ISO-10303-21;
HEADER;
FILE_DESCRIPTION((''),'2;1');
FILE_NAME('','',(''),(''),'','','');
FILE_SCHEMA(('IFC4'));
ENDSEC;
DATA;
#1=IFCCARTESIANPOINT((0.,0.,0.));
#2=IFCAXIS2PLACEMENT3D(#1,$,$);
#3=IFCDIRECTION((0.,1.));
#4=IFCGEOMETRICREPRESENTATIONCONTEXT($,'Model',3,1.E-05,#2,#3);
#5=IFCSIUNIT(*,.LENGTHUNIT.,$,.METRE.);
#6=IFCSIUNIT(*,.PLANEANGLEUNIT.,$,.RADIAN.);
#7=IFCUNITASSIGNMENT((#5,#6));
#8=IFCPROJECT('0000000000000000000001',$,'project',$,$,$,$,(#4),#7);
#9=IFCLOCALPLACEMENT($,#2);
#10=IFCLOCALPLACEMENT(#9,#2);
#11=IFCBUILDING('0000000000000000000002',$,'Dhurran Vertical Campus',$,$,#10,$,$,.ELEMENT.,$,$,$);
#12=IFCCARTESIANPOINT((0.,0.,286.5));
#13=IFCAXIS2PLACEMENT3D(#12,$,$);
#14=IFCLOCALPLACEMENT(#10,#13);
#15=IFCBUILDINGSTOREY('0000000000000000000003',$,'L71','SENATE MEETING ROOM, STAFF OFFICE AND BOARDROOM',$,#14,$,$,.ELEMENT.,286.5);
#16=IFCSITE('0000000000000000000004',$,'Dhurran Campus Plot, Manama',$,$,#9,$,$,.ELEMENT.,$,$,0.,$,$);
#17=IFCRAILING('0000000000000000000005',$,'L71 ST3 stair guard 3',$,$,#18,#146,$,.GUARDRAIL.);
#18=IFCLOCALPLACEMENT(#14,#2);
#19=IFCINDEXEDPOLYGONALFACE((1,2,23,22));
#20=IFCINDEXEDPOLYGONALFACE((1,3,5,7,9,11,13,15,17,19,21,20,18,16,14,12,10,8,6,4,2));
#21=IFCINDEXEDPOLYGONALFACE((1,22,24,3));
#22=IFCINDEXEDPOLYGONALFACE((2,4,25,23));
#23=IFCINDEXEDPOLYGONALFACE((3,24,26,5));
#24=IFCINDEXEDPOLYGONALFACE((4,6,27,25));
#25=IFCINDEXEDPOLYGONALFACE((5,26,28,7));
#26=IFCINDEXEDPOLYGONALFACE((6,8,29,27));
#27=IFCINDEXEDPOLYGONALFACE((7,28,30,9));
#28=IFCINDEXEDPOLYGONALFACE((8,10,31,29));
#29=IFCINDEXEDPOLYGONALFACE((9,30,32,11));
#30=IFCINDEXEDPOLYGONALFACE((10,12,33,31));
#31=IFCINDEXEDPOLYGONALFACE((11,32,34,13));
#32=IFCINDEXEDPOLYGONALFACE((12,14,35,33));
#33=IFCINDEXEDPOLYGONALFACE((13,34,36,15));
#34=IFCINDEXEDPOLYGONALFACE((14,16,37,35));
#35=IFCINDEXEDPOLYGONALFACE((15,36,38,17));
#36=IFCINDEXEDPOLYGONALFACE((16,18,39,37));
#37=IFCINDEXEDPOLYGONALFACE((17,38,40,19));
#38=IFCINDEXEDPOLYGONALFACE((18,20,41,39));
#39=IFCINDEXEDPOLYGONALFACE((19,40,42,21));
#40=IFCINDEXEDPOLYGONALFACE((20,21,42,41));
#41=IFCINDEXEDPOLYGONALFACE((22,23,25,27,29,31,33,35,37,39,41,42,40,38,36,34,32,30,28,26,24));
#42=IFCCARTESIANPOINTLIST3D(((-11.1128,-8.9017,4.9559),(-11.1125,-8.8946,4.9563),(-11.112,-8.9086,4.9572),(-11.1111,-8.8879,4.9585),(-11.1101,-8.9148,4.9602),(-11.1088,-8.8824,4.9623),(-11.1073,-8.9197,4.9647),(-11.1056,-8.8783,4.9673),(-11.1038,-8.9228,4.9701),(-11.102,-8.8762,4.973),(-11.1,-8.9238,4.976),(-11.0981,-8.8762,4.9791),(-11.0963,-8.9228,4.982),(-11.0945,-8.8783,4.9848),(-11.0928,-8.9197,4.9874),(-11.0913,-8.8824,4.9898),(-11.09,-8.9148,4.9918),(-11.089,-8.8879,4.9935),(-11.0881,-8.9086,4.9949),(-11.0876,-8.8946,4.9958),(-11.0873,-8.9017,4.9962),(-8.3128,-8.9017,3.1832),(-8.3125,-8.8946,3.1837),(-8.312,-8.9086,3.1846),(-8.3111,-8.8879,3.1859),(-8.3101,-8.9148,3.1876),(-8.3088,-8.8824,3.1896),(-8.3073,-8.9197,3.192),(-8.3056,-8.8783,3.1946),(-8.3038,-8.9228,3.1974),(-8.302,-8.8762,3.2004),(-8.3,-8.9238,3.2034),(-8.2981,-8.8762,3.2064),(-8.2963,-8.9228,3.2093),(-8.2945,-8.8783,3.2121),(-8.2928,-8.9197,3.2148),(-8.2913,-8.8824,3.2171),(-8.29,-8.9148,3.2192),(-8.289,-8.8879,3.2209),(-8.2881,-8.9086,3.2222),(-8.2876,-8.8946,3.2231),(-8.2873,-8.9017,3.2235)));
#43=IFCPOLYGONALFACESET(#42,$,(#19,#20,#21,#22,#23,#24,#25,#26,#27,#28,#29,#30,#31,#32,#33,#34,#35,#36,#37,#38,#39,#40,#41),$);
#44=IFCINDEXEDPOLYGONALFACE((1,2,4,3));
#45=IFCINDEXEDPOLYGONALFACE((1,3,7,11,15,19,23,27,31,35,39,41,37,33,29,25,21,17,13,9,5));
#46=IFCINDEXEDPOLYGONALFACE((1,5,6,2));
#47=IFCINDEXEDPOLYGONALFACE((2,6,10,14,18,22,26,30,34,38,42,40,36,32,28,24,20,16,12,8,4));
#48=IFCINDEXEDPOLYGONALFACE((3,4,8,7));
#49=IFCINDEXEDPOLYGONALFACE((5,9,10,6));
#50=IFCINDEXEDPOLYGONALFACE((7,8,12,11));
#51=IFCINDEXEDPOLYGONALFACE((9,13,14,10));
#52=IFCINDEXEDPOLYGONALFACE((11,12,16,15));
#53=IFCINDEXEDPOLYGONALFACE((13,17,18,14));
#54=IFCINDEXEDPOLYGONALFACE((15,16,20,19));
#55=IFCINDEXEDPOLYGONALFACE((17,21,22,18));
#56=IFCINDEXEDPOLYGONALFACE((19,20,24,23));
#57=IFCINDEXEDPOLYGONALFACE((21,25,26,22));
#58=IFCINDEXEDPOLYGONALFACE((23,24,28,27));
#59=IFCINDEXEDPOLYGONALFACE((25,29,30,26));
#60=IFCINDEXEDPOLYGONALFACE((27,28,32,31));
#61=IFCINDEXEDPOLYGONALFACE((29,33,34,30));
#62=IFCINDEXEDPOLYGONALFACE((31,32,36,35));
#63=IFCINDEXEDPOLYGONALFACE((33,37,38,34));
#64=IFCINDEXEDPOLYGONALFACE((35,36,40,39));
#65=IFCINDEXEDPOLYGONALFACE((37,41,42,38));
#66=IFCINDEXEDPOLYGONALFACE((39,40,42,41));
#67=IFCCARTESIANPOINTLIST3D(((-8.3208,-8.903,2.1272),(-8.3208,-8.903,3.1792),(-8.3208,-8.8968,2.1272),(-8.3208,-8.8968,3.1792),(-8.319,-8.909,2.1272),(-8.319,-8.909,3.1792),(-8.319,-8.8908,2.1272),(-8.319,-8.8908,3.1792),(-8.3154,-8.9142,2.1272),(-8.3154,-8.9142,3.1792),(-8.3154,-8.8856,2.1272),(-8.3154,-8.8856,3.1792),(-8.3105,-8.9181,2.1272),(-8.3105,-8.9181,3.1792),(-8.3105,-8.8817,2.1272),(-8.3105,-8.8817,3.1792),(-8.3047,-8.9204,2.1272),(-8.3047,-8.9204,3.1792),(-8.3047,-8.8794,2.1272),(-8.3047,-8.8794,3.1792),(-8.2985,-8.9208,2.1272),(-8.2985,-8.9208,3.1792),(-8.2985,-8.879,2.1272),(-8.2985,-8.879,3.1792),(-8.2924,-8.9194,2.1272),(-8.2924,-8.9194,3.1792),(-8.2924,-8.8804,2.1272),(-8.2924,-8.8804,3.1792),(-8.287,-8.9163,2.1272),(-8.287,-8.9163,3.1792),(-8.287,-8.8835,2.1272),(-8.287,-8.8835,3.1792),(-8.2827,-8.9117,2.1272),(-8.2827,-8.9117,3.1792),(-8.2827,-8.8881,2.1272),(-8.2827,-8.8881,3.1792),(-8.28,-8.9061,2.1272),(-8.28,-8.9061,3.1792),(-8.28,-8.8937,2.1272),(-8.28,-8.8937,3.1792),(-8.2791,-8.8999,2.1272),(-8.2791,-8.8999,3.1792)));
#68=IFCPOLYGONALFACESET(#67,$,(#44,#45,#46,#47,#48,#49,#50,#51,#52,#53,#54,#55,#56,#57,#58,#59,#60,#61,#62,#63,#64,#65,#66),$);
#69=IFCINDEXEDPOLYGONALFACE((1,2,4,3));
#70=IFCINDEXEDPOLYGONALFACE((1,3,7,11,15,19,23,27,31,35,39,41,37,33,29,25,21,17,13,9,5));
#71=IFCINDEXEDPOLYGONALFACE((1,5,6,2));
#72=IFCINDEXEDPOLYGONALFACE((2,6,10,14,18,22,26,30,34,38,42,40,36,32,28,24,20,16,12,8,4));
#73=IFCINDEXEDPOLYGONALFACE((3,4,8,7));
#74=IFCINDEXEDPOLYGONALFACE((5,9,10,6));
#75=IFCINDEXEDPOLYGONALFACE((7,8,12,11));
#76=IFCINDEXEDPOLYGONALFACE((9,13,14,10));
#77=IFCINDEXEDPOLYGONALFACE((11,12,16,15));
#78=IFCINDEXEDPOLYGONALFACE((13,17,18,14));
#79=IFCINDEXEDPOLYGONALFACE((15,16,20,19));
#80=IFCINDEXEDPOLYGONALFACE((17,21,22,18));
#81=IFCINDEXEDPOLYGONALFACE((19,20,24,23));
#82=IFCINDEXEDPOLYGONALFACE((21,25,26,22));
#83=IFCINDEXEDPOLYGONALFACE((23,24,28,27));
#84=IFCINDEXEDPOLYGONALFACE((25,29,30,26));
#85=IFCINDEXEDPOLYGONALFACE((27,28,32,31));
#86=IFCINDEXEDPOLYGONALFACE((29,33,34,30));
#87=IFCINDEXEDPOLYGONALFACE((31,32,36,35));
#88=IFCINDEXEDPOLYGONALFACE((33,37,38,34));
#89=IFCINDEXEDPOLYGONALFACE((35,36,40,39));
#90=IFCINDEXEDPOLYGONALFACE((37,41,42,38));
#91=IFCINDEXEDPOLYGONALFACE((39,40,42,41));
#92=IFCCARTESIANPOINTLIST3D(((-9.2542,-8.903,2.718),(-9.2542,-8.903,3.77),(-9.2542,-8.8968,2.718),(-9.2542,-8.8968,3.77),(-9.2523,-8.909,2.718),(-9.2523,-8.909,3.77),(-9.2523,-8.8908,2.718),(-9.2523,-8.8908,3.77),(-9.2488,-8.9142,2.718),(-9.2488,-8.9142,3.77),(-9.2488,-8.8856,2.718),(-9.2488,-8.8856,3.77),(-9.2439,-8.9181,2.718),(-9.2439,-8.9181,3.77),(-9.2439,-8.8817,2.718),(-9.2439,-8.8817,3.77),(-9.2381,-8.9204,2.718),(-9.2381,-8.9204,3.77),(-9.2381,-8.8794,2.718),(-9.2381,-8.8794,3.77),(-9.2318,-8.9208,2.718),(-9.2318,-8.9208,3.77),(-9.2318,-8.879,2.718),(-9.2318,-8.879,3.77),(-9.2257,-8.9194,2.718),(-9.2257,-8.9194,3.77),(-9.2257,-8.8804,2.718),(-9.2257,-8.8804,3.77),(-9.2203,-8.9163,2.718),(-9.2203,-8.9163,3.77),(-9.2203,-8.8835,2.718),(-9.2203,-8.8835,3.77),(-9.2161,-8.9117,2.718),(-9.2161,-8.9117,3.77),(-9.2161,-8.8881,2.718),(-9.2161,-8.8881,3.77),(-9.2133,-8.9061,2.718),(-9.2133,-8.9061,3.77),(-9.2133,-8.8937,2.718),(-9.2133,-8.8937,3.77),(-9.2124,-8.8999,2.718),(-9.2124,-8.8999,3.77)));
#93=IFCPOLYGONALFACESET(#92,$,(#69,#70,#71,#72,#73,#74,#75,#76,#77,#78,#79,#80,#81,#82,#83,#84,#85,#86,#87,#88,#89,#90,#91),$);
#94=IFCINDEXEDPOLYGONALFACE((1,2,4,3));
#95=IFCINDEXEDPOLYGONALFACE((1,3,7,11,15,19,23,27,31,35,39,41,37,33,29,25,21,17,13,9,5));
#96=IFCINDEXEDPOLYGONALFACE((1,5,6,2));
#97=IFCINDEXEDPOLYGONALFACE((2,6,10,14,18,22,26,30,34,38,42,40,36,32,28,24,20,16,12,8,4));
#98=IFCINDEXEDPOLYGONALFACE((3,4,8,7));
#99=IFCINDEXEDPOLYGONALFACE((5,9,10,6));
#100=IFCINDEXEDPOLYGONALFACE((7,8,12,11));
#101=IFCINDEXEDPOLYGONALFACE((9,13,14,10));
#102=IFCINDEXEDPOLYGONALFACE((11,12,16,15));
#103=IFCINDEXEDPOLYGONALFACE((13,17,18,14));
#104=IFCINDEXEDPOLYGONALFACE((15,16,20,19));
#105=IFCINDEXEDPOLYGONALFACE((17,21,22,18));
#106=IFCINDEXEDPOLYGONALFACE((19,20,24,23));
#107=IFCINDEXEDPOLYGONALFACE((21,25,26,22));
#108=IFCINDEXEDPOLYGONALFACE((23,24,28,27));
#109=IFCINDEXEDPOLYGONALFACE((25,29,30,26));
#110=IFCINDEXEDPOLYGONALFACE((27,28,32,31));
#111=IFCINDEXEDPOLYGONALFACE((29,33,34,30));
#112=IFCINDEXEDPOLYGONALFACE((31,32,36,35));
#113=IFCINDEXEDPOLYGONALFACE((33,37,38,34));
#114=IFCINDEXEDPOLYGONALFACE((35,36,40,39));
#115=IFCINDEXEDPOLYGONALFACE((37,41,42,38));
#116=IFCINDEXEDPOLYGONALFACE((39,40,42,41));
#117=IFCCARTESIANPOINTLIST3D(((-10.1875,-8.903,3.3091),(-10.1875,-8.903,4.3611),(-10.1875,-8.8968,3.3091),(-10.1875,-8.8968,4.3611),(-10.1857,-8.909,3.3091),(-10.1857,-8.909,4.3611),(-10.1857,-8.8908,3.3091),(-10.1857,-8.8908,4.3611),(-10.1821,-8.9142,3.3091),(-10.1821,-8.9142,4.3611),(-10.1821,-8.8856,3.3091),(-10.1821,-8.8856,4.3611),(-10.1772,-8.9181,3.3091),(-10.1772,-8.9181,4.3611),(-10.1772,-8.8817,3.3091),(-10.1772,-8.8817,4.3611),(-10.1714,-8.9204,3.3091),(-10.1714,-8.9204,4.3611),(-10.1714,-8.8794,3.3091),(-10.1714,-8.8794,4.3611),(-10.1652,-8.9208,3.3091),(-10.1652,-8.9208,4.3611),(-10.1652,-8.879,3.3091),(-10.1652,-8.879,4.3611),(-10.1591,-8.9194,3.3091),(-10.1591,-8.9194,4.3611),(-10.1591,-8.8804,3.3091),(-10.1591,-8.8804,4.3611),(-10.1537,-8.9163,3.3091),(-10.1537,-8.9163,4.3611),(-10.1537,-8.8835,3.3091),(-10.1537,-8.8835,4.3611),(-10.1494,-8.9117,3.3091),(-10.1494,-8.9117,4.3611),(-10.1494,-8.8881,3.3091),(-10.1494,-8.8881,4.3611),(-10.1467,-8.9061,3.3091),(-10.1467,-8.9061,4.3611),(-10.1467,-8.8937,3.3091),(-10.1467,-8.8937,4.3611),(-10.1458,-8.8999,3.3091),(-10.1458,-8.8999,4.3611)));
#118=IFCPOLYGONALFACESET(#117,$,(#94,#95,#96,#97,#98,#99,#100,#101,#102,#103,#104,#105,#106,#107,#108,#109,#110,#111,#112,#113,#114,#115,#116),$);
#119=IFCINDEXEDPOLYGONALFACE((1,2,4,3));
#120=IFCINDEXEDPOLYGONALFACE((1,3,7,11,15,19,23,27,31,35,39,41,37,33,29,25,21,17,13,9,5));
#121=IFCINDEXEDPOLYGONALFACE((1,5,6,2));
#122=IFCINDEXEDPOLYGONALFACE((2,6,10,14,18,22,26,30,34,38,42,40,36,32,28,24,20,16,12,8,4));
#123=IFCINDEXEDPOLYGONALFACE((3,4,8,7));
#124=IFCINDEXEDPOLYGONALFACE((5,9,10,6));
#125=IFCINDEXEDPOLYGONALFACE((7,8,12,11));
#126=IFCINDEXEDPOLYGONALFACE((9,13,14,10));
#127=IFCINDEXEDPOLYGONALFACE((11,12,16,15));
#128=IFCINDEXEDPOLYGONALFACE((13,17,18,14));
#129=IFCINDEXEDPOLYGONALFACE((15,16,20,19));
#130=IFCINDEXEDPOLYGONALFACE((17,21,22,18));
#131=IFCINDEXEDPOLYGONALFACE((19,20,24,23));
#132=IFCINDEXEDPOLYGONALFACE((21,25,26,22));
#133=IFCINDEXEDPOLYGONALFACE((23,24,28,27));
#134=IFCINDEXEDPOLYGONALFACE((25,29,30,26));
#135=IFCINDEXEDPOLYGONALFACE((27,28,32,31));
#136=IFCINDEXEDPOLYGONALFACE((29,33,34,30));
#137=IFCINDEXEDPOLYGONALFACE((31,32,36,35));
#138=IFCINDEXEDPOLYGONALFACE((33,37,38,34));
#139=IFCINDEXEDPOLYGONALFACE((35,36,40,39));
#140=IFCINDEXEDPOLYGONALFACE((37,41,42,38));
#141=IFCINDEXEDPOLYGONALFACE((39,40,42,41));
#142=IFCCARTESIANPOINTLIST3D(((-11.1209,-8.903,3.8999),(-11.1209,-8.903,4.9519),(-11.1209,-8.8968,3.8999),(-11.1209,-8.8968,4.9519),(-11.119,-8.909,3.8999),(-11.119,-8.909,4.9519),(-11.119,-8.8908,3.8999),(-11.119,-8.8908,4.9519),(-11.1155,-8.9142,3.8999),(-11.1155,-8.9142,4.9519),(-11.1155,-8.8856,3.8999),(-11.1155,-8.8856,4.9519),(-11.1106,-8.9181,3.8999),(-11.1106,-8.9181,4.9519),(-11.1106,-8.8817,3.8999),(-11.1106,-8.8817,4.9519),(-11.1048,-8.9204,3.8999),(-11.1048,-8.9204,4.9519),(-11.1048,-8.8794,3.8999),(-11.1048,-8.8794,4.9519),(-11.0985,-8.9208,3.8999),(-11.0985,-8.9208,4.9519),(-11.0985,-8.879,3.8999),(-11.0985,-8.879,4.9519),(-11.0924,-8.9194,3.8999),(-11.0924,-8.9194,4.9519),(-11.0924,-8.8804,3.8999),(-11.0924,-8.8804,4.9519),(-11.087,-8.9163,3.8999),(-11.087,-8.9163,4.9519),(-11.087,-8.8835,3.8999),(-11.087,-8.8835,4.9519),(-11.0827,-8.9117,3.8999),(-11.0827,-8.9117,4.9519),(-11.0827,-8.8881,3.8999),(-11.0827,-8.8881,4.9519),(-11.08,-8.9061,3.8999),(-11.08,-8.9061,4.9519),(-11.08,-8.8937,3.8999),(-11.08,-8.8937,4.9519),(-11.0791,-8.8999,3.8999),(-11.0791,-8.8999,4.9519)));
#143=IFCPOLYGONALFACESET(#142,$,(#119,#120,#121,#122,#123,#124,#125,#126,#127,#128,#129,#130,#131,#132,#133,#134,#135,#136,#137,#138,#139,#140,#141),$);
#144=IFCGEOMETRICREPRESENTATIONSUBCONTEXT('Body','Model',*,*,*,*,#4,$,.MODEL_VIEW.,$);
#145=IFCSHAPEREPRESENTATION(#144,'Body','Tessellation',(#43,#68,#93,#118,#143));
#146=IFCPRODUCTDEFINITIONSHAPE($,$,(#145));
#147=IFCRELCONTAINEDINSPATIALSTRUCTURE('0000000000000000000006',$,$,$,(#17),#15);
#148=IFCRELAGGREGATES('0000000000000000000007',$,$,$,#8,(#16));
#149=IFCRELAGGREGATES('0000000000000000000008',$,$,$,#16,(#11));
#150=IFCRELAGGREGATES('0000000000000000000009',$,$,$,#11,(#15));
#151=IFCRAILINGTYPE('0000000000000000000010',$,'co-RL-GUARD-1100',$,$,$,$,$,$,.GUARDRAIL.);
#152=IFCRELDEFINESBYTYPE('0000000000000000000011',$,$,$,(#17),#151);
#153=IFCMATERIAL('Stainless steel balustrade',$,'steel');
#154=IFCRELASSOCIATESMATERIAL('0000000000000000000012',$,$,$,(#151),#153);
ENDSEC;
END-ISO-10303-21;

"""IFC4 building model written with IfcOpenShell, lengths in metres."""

from ifc_helpers import new_model, si_unit, direction, frame, origin, origin_2d, place, context, subcontext, project, spatial, circle, extrude, material, type_object, element, save


model = new_model("IFC4")

# Units and contexts
model_context = context("Model", 3, precision=1e-05, world=origin(), true_north=direction((0.0, 1.0)))
body_context = subcontext(model_context, "Body", "Model", "MODEL_VIEW")
ifc_project = project(units=[si_unit("LENGTHUNIT", "METRE"), si_unit("PLANEANGLEUNIT", "RADIAN")], contexts=[model_context])

# Site, building, storey
site_placement = place(None, origin())
site = spatial("IfcSite", under=ifc_project, at=site_placement, Name="Dhurran Campus Plot, Manama", CompositionType="ELEMENT", RefElevation=0.0)
building_placement = place(site_placement, origin())
building = spatial("IfcBuilding", under=site, at=building_placement, Name="Dhurran Vertical Campus", CompositionType="ELEMENT")
storey_placement = place(building_placement, frame((0.0, 0.0, 286.5)))
storey = spatial("IfcBuildingStorey", under=building, at=storey_placement, Name="L71", Description="SENATE MEETING ROOM, STAFF OFFICE AND BOARDROOM", CompositionType="ELEMENT", Elevation=286.5)

# Railing
ifc_material_1 = material(Name="Stainless steel balustrade", Category="steel")
railing_type_1 = type_object("IfcRailingType", Name="co-RL-GUARD-1100", PredefinedType="GUARDRAIL", material=ifc_material_1)
railing_1_placement = place(storey_placement, frame((-8.3, -8.8999, 2.1272)))
element("IfcRailing", 1, at=railing_1_placement, inside=storey, type_object=railing_type_1, Name="L71 ST3 stair guard 3", PredefinedType="GUARDRAIL", context=body_context, shape_type="SweptSolid", body=[
    extrude(circle(Radius=0.0239, at=origin_2d()), frame((0.0, 0.0, 1.0762), z_axis=(-0.844909, 0.0, 0.53491), x_axis=(0.0, -1.0, 0.0)), (0.0, 0.0, 1.0), 3.314),
    extrude(circle(Radius=0.021, at=origin_2d()), origin(), (0.0, 0.0, 1.0), 1.052),
    extrude(circle(Radius=0.021, at=origin_2d()), frame((-0.9333, 0.0, 0.5908)), (0.0, 0.0, 1.0), 1.052),
    extrude(circle(Radius=0.021, at=origin_2d()), frame((-1.8667, 0.0, 1.1819)), (0.0, 0.0, 1.0), 1.052),
    extrude(circle(Radius=0.021, at=origin_2d()), frame((-2.8, 0.0, 1.7727)), (0.0, 0.0, 1.0), 1.052),
])

save(model, "model.ifc")
